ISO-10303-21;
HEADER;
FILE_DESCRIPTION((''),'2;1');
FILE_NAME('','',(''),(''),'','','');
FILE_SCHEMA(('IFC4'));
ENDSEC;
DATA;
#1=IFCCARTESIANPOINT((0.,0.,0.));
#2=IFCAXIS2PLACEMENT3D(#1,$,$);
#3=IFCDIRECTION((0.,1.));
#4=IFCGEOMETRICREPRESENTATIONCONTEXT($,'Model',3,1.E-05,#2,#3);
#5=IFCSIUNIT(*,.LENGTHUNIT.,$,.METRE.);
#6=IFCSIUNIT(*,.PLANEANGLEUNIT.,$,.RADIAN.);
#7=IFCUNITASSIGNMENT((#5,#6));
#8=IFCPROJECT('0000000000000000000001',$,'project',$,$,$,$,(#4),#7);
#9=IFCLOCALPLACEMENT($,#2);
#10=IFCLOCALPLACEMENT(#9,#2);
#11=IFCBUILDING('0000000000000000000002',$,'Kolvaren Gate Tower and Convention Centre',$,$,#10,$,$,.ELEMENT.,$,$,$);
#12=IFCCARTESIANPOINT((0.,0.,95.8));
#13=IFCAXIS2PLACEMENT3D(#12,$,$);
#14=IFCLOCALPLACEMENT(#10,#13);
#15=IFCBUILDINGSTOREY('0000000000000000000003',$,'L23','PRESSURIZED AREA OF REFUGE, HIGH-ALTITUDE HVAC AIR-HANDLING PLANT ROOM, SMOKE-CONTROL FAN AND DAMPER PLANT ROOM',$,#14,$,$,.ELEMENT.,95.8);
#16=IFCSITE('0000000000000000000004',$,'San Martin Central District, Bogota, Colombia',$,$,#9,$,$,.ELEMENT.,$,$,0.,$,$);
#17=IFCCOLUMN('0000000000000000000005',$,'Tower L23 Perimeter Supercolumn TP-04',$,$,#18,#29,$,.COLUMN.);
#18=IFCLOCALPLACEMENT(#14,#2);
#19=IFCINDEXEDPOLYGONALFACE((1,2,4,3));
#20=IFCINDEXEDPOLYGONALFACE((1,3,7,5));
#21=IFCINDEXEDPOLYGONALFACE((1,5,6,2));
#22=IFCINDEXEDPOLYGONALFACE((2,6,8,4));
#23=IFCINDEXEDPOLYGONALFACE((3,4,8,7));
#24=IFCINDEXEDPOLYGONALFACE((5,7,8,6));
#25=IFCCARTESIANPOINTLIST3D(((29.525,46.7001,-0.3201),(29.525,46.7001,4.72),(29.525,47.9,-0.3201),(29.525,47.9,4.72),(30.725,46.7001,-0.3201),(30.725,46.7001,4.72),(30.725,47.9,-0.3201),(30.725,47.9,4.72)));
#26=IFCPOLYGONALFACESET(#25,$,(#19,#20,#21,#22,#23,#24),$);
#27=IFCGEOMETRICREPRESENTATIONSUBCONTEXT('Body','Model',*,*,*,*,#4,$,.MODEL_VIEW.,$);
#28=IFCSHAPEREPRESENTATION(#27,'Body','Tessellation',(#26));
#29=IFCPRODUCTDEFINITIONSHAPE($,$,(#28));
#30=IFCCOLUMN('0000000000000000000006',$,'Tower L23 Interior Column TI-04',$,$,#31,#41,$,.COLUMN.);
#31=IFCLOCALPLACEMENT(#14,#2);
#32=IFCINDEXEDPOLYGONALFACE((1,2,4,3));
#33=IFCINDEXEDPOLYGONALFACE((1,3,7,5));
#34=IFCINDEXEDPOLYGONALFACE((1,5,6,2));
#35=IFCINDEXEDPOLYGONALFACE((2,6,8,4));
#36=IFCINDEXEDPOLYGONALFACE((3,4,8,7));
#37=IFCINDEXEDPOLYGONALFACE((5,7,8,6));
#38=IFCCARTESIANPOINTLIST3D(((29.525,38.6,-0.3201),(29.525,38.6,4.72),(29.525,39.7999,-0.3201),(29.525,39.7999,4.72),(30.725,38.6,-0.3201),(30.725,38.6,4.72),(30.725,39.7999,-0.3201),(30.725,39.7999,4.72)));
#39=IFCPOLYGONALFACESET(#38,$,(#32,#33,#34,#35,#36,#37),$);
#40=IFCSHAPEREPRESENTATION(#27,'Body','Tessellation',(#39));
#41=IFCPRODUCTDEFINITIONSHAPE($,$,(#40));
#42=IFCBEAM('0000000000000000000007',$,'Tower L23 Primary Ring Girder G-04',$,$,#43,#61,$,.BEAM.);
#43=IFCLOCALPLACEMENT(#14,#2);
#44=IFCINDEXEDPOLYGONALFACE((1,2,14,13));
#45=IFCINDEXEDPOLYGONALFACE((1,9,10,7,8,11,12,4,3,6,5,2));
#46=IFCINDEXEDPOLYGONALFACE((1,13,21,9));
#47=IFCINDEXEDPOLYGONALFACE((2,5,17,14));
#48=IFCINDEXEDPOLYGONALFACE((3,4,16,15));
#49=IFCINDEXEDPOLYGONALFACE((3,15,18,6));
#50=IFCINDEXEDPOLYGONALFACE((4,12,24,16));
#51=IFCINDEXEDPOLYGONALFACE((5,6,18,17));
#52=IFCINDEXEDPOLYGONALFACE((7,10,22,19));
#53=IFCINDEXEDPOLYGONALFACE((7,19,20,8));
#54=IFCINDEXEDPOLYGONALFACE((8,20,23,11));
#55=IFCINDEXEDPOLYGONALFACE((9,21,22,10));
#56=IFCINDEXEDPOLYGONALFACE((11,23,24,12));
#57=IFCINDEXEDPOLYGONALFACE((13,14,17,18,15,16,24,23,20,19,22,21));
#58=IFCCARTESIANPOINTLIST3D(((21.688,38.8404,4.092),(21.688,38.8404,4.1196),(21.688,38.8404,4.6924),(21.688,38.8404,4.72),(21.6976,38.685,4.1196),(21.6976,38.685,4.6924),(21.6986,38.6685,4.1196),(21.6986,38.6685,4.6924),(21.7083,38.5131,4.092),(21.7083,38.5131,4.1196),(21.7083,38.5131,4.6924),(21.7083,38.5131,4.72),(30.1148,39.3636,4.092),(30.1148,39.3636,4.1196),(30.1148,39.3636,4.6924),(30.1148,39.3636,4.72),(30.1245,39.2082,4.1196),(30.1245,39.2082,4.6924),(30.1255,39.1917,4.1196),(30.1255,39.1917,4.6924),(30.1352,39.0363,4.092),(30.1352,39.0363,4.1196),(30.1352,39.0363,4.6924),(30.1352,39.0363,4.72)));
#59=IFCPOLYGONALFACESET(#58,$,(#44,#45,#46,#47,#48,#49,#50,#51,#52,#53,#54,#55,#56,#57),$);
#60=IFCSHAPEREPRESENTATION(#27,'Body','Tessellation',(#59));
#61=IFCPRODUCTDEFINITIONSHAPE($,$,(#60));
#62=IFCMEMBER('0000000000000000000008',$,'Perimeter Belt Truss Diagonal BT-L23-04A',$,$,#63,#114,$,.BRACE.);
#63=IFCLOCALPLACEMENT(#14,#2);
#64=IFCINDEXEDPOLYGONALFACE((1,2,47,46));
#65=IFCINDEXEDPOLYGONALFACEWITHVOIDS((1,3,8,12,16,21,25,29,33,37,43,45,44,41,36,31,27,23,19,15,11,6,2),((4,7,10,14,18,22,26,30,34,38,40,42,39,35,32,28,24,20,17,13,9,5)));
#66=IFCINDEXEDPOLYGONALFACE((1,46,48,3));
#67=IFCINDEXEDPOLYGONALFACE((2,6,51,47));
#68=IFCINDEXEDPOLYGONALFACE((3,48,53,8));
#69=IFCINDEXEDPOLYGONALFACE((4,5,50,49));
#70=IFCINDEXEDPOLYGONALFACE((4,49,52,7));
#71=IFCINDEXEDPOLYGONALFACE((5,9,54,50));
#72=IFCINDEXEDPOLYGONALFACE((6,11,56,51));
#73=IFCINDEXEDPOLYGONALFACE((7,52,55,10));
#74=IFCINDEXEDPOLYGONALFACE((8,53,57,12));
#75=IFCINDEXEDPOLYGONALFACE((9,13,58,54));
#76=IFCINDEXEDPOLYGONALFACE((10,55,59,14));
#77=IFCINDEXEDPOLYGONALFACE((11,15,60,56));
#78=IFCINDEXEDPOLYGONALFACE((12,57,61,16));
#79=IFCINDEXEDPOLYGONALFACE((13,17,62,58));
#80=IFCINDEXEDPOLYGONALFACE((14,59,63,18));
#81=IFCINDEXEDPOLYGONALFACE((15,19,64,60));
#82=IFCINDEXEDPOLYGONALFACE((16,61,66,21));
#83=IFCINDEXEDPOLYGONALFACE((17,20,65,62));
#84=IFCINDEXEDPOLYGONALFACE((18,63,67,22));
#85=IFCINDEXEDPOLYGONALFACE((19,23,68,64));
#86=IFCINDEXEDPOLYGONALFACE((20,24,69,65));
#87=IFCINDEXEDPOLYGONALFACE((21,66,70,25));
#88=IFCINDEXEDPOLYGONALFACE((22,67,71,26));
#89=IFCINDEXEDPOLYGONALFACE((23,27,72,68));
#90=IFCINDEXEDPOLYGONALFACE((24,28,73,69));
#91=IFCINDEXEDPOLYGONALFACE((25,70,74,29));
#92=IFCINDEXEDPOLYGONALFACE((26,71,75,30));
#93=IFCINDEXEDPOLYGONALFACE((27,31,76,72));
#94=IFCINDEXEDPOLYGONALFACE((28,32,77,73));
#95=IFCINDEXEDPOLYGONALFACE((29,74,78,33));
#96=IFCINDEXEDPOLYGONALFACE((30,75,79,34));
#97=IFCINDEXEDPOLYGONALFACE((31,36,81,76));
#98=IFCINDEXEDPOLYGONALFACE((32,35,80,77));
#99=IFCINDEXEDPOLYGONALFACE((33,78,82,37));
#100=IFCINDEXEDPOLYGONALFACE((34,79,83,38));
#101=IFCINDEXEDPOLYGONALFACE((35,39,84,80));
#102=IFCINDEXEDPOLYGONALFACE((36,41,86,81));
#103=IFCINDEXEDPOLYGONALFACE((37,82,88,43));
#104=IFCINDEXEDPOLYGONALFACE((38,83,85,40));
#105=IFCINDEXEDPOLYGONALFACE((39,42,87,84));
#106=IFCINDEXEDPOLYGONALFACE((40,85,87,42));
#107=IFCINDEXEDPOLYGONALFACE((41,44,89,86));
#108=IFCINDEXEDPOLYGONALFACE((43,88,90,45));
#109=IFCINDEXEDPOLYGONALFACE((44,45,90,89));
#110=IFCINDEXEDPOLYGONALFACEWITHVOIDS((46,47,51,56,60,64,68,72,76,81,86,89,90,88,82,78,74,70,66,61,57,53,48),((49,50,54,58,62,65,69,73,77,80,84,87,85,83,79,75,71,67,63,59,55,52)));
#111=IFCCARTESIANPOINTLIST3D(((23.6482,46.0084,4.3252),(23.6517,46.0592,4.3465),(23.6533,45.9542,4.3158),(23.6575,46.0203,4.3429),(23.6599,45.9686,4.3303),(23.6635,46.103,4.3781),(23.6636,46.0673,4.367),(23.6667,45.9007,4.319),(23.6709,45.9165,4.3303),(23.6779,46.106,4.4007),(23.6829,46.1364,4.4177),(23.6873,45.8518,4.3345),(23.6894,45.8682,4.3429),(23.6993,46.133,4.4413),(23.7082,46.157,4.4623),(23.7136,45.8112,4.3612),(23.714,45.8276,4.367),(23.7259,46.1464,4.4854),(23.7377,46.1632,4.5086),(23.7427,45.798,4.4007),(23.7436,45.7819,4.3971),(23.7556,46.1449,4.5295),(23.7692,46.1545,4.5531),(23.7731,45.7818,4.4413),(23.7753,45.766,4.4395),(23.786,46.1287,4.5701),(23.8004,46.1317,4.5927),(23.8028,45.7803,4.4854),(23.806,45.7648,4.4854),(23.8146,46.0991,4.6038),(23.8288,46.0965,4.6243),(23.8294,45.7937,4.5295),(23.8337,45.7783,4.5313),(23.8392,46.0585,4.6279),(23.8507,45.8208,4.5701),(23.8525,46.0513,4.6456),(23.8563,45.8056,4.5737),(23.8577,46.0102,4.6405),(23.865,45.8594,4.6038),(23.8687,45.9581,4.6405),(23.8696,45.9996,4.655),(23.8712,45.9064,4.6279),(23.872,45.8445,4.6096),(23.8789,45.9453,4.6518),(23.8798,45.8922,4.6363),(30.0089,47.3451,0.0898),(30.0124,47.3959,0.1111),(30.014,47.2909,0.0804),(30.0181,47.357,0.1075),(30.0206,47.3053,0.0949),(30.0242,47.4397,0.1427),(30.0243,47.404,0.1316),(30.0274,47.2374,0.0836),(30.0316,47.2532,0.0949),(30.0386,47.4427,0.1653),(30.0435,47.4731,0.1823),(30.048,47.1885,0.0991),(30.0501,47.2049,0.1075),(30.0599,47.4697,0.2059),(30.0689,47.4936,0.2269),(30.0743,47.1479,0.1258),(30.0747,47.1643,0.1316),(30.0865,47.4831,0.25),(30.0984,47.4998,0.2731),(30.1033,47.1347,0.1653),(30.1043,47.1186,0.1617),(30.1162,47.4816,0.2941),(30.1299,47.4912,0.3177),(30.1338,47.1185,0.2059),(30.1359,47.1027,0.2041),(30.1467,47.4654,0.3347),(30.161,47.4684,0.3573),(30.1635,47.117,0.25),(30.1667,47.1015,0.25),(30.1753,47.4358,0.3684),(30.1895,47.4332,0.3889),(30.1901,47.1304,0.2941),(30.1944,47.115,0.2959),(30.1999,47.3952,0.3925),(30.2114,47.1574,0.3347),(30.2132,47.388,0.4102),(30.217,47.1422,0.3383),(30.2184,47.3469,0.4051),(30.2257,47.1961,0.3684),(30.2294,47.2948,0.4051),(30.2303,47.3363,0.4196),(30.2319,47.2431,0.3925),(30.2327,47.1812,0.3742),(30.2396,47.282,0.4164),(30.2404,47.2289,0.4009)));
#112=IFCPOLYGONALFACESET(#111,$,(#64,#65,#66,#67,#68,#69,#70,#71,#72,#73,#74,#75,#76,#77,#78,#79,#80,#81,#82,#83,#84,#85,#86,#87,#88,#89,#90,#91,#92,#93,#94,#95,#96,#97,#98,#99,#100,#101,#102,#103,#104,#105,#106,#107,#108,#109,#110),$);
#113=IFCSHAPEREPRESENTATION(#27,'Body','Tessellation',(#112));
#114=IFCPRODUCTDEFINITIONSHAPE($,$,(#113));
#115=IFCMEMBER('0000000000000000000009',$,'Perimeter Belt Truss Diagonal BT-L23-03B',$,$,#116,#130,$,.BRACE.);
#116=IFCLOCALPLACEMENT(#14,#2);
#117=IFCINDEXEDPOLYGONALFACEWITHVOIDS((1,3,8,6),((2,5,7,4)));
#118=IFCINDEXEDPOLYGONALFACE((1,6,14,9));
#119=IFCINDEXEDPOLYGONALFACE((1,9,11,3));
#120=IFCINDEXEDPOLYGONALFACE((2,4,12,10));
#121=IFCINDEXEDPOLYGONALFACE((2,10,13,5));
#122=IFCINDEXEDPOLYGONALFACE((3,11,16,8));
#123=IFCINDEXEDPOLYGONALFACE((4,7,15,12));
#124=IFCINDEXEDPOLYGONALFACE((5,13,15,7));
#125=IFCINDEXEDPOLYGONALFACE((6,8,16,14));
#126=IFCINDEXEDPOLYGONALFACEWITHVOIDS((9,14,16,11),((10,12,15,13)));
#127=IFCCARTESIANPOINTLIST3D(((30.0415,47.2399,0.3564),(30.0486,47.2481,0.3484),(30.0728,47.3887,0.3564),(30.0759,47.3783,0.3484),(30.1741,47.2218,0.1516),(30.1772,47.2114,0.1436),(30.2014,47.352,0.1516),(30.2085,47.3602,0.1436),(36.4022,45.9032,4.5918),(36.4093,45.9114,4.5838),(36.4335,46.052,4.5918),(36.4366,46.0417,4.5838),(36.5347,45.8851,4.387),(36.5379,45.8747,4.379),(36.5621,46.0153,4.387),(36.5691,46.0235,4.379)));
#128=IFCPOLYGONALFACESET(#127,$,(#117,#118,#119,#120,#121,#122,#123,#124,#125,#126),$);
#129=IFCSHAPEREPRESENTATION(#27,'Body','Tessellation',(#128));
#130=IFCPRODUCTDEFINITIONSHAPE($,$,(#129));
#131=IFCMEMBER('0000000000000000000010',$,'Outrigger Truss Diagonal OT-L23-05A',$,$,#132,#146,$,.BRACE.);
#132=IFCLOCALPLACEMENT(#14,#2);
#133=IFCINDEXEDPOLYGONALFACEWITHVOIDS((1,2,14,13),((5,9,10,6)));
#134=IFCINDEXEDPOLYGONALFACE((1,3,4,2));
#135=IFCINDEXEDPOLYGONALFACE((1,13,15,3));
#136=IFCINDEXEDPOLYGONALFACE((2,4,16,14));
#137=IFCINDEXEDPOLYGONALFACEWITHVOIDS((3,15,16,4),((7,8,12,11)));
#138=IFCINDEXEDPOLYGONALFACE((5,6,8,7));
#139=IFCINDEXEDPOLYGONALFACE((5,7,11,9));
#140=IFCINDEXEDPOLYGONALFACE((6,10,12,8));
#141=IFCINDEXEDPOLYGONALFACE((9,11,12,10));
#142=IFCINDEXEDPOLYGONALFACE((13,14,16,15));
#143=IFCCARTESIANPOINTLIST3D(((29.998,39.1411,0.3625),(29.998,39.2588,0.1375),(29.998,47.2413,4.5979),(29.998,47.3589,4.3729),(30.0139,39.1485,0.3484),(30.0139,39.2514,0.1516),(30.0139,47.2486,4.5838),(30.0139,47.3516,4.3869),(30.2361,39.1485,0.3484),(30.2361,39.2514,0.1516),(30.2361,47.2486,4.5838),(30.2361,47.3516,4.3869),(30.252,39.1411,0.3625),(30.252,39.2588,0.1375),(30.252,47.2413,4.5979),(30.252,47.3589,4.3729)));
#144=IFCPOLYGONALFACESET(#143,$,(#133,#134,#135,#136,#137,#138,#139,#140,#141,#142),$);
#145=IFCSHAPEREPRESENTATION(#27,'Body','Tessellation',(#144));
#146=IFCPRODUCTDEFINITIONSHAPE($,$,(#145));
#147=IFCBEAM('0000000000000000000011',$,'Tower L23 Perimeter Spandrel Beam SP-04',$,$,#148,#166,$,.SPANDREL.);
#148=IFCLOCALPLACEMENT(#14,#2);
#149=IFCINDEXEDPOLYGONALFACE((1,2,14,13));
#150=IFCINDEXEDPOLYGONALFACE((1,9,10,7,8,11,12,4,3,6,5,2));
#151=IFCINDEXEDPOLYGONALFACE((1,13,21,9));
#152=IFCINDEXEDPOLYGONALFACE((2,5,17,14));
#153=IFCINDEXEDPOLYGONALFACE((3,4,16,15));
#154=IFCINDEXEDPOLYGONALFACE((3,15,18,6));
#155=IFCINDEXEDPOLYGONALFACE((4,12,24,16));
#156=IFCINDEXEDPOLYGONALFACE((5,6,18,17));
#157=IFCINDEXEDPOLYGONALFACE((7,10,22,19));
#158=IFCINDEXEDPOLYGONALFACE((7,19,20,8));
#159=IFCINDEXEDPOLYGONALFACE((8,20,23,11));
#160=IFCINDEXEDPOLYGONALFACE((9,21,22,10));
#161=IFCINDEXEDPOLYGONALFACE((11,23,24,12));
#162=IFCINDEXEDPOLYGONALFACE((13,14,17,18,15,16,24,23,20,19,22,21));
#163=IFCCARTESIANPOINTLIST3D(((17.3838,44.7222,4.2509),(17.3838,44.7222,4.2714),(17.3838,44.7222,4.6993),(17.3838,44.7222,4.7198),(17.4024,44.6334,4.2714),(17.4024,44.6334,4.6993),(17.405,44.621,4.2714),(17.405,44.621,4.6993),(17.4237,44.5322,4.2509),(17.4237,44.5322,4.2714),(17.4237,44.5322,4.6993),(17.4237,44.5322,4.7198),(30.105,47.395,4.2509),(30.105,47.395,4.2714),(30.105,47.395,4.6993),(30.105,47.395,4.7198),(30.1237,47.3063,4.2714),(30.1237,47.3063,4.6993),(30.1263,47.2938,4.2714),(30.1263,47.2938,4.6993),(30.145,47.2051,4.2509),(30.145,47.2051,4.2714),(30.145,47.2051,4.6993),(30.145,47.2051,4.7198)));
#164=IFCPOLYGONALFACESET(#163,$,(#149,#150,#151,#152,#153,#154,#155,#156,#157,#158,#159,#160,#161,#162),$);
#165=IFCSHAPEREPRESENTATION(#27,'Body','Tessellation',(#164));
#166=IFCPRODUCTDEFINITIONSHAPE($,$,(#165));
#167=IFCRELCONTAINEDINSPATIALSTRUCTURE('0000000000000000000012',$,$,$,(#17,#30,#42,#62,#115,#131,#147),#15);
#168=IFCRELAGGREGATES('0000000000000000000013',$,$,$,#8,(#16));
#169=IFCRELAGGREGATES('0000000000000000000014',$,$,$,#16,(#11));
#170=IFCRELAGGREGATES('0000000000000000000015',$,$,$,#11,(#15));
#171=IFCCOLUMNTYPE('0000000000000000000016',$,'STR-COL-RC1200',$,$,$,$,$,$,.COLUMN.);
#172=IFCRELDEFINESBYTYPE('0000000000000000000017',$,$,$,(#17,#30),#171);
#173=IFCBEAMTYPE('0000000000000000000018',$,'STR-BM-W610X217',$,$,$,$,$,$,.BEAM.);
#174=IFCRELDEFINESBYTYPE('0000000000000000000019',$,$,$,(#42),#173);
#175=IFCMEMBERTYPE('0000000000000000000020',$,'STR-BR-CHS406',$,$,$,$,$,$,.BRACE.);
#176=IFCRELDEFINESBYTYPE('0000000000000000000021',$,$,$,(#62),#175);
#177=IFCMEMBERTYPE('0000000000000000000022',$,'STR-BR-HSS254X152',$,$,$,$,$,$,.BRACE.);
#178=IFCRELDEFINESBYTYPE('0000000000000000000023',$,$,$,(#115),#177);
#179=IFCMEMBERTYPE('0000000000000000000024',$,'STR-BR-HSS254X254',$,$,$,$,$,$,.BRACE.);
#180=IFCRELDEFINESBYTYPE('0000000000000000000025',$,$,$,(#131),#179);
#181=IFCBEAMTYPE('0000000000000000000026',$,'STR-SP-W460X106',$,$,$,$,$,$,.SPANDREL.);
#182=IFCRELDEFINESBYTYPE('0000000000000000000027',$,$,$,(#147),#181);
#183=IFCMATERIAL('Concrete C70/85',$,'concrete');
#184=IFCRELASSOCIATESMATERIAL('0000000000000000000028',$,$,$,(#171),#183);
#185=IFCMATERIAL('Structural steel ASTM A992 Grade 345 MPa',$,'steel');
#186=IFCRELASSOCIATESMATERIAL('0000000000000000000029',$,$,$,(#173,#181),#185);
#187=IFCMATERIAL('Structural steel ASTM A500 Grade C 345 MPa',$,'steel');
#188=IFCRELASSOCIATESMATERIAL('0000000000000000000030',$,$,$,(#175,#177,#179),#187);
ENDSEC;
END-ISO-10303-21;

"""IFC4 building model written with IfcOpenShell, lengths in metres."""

from ifc_helpers import new_model, si_unit, direction, frame, origin, origin_2d, place, context, subcontext, project, spatial, rectangle, hollow_rectangle, hollow_circle, i_section, extrude, material, material_profile, profile_set, type_object, element, save


model = new_model("IFC4")

# Units and contexts
model_context = context("Model", 3, precision=1e-05, world=origin(), true_north=direction((0.0, 1.0)))
body_context = subcontext(model_context, "Body", "Model", "MODEL_VIEW")
ifc_project = project(units=[si_unit("LENGTHUNIT", "METRE"), si_unit("PLANEANGLEUNIT", "RADIAN")], contexts=[model_context])

# Site, building, storey
site_placement = place(None, origin())
site = spatial("IfcSite", under=ifc_project, at=site_placement, Name="San Martin Central District, Bogota, Colombia", CompositionType="ELEMENT", RefElevation=0.0)
building_placement = place(site_placement, origin())
building = spatial("IfcBuilding", under=site, at=building_placement, Name="Kolvaren Gate Tower and Convention Centre", CompositionType="ELEMENT")
storey_placement = place(building_placement, frame((0.0, 0.0, 95.8)))
storey = spatial("IfcBuildingStorey", under=building, at=storey_placement, Name="L23", Description="PRESSURIZED AREA OF REFUGE, HIGH-ALTITUDE HVAC AIR-HANDLING PLANT ROOM, SMOKE-CONTROL FAN AND DAMPER PLANT ROOM", CompositionType="ELEMENT", Elevation=95.8)

# Columns
ifc_material_1 = material(Name="Concrete C70/85", Category="concrete")
ifc_material_profile_1 = material_profile(ifc_material_1, rectangle(XDim=1.2, YDim=1.2, at=origin_2d()), Name="RC-COL-1200X1200")
ifc_profile_set_1 = profile_set([ifc_material_profile_1], Name="Concrete C70/85")
column_type = type_object("IfcColumnType", Name="STR-COL-RC1200", PredefinedType="COLUMN", material=ifc_profile_set_1)
for number, where, z_axis, x_axis, name in (
    (1, (30.125, 47.3, -0.3201), (0.0, 0.0, 1.0), (1.0, 0.0, 0.0), "Tower L23 Perimeter Supercolumn TP-04"),
    (2, (30.125, 39.2, -0.3201), (0.0, 0.0, 1.0), (1.0, 0.0, 0.0), "Tower L23 Interior Column TI-04"),
):
    element("IfcColumn", number, at=place(storey_placement, frame(where, z_axis=z_axis, x_axis=x_axis)), inside=storey, type_object=column_type, Name=name, PredefinedType="COLUMN", context=body_context, shape_type="SweptSolid", body=[
        extrude(rectangle(XDim=1.2, YDim=1.2, at=origin_2d()), origin(), (0.0, 0.0, 1.0), 5.04),
    ])

# Beam
ifc_material_2 = material(Name="Structural steel ASTM A992 Grade 345 MPa", Category="steel")
ifc_material_profile_2 = material_profile(ifc_material_2, i_section(OverallWidth=0.3279, OverallDepth=0.6279, WebThickness=0.0166, FlangeThickness=0.0276, at=origin_2d()), Name="W610X217")
ifc_profile_set_2 = profile_set([ifc_material_profile_2], Name="Structural steel ASTM A992 Grade 345 MPa")
beam_type_1 = type_object("IfcBeamType", Name="STR-BM-W610X217", PredefinedType="BEAM", material=ifc_profile_set_2)
beam_1_placement = place(storey_placement, frame((30.125, 39.2, 4.406), z_axis=(-0.998078, -0.061966, 0.0), x_axis=(0.061966, -0.998078, 0.0)))
element("IfcBeam", 3, at=beam_1_placement, inside=storey, type_object=beam_type_1, Name="Tower L23 Primary Ring Girder G-04", PredefinedType="BEAM", context=body_context, shape_type="SweptSolid", body=[
    extrude(i_section(OverallWidth=0.3279, OverallDepth=0.6279, WebThickness=0.0166, FlangeThickness=0.0276, at=origin_2d()), origin(), (0.0, 0.0, 1.0), 8.4431),
])

# Members
ifc_material_3 = material(Name="Structural steel ASTM A500 Grade C 345 MPa", Category="steel")
ifc_material_profile_3 = material_profile(ifc_material_3, hollow_circle(Radius=0.2029, WallThickness=0.0159, at=origin_2d()), Name="CHS406X15.9")
ifc_profile_set_3 = profile_set([ifc_material_profile_3], Name="Structural steel ASTM A500 Grade C 345 MPa")
member_type_1 = type_object("IfcMemberType", Name="STR-BR-CHS406", PredefinedType="BRACE", material=ifc_profile_set_3)
member_1_placement = place(storey_placement, frame((30.125, 47.3, 0.25), z_axis=(-0.819906, -0.172302, 0.545954), x_axis=(0.205656, -0.978624, 0.0)))
element("IfcMember", 4, at=member_1_placement, inside=storey, type_object=member_type_1, Name="Perimeter Belt Truss Diagonal BT-L23-04A", PredefinedType="BRACE", context=body_context, shape_type="SweptSolid", body=[
    extrude(hollow_circle(Radius=0.2029, WallThickness=0.0159, at=origin_2d()), origin(), (0.0, 0.0, 1.0), 7.7578),
])
ifc_material_profile_4 = material_profile(ifc_material_3, hollow_rectangle(XDim=0.1521, YDim=0.2539, WallThickness=0.0095, at=origin_2d()), Name="HSS254X152X9.5")
ifc_profile_set_4 = profile_set([ifc_material_profile_4], Name="Structural steel ASTM A500 Grade C 345 MPa")
member_type_2 = type_object("IfcMemberType", Name="STR-BR-HSS254X152", PredefinedType="BRACE", material=ifc_profile_set_4)
member_2_placement = place(storey_placement, frame((30.125, 47.3, 0.25), z_axis=(0.819906, -0.172302, 0.545954), x_axis=(0.205656, 0.978624, 0.0)))
element("IfcMember", 5, at=member_2_placement, inside=storey, type_object=member_type_2, Name="Perimeter Belt Truss Diagonal BT-L23-03B", PredefinedType="BRACE", context=body_context, shape_type="SweptSolid", body=[
    extrude(hollow_rectangle(XDim=0.1521, YDim=0.2539, WallThickness=0.0095, at=origin_2d()), origin(), (0.0, 0.0, 1.0), 7.7578),
])
ifc_material_profile_5 = material_profile(ifc_material_3, hollow_rectangle(XDim=0.2539, YDim=0.2539, WallThickness=0.0159, at=origin_2d()), Name="HSS254X254X15.9")
ifc_profile_set_5 = profile_set([ifc_material_profile_5], Name="Structural steel ASTM A500 Grade C 345 MPa")
member_type_3 = type_object("IfcMemberType", Name="STR-BR-HSS254X254", PredefinedType="BRACE", material=ifc_profile_set_5)
member_3_placement = place(storey_placement, frame((30.125, 39.2, 0.25), z_axis=(0.0, 0.886171, 0.463358), x_axis=(-1.0, 0.0, 0.0)))
element("IfcMember", 6, at=member_3_placement, inside=storey, type_object=member_type_3, Name="Outrigger Truss Diagonal OT-L23-05A", PredefinedType="BRACE", context=body_context, shape_type="SweptSolid", body=[
    extrude(hollow_rectangle(XDim=0.2539, YDim=0.2539, WallThickness=0.0159, at=origin_2d()), origin(), (0.0, 0.0, 1.0), 9.1406),
])

# Beam
ifc_material_profile_6 = material_profile(ifc_material_2, i_section(OverallWidth=0.1941, OverallDepth=0.469, WebThickness=0.0127, FlangeThickness=0.0205, at=origin_2d()), Name="W460X106")
ifc_profile_set_6 = profile_set([ifc_material_profile_6], Name="Structural steel ASTM A992 Grade 345 MPa")
beam_type_2 = type_object("IfcBeamType", Name="STR-SP-W460X106", PredefinedType="SPANDREL", material=ifc_profile_set_6)
beam_2_placement = place(storey_placement, frame((30.125, 47.3, 4.4854), z_axis=(-0.978632, -0.20562, 0.0), x_axis=(0.20562, -0.978632, 0.0)))
element("IfcBeam", 7, at=beam_2_placement, inside=storey, type_object=beam_type_2, Name="Tower L23 Perimeter Spandrel Beam SP-04", PredefinedType="SPANDREL", context=body_context, shape_type="SweptSolid", body=[
    extrude(i_section(OverallWidth=0.1941, OverallDepth=0.469, WebThickness=0.0127, FlangeThickness=0.0205, at=origin_2d()), origin(), (0.0, 0.0, 1.0), 12.999),
])

save(model, "model.ifc")
